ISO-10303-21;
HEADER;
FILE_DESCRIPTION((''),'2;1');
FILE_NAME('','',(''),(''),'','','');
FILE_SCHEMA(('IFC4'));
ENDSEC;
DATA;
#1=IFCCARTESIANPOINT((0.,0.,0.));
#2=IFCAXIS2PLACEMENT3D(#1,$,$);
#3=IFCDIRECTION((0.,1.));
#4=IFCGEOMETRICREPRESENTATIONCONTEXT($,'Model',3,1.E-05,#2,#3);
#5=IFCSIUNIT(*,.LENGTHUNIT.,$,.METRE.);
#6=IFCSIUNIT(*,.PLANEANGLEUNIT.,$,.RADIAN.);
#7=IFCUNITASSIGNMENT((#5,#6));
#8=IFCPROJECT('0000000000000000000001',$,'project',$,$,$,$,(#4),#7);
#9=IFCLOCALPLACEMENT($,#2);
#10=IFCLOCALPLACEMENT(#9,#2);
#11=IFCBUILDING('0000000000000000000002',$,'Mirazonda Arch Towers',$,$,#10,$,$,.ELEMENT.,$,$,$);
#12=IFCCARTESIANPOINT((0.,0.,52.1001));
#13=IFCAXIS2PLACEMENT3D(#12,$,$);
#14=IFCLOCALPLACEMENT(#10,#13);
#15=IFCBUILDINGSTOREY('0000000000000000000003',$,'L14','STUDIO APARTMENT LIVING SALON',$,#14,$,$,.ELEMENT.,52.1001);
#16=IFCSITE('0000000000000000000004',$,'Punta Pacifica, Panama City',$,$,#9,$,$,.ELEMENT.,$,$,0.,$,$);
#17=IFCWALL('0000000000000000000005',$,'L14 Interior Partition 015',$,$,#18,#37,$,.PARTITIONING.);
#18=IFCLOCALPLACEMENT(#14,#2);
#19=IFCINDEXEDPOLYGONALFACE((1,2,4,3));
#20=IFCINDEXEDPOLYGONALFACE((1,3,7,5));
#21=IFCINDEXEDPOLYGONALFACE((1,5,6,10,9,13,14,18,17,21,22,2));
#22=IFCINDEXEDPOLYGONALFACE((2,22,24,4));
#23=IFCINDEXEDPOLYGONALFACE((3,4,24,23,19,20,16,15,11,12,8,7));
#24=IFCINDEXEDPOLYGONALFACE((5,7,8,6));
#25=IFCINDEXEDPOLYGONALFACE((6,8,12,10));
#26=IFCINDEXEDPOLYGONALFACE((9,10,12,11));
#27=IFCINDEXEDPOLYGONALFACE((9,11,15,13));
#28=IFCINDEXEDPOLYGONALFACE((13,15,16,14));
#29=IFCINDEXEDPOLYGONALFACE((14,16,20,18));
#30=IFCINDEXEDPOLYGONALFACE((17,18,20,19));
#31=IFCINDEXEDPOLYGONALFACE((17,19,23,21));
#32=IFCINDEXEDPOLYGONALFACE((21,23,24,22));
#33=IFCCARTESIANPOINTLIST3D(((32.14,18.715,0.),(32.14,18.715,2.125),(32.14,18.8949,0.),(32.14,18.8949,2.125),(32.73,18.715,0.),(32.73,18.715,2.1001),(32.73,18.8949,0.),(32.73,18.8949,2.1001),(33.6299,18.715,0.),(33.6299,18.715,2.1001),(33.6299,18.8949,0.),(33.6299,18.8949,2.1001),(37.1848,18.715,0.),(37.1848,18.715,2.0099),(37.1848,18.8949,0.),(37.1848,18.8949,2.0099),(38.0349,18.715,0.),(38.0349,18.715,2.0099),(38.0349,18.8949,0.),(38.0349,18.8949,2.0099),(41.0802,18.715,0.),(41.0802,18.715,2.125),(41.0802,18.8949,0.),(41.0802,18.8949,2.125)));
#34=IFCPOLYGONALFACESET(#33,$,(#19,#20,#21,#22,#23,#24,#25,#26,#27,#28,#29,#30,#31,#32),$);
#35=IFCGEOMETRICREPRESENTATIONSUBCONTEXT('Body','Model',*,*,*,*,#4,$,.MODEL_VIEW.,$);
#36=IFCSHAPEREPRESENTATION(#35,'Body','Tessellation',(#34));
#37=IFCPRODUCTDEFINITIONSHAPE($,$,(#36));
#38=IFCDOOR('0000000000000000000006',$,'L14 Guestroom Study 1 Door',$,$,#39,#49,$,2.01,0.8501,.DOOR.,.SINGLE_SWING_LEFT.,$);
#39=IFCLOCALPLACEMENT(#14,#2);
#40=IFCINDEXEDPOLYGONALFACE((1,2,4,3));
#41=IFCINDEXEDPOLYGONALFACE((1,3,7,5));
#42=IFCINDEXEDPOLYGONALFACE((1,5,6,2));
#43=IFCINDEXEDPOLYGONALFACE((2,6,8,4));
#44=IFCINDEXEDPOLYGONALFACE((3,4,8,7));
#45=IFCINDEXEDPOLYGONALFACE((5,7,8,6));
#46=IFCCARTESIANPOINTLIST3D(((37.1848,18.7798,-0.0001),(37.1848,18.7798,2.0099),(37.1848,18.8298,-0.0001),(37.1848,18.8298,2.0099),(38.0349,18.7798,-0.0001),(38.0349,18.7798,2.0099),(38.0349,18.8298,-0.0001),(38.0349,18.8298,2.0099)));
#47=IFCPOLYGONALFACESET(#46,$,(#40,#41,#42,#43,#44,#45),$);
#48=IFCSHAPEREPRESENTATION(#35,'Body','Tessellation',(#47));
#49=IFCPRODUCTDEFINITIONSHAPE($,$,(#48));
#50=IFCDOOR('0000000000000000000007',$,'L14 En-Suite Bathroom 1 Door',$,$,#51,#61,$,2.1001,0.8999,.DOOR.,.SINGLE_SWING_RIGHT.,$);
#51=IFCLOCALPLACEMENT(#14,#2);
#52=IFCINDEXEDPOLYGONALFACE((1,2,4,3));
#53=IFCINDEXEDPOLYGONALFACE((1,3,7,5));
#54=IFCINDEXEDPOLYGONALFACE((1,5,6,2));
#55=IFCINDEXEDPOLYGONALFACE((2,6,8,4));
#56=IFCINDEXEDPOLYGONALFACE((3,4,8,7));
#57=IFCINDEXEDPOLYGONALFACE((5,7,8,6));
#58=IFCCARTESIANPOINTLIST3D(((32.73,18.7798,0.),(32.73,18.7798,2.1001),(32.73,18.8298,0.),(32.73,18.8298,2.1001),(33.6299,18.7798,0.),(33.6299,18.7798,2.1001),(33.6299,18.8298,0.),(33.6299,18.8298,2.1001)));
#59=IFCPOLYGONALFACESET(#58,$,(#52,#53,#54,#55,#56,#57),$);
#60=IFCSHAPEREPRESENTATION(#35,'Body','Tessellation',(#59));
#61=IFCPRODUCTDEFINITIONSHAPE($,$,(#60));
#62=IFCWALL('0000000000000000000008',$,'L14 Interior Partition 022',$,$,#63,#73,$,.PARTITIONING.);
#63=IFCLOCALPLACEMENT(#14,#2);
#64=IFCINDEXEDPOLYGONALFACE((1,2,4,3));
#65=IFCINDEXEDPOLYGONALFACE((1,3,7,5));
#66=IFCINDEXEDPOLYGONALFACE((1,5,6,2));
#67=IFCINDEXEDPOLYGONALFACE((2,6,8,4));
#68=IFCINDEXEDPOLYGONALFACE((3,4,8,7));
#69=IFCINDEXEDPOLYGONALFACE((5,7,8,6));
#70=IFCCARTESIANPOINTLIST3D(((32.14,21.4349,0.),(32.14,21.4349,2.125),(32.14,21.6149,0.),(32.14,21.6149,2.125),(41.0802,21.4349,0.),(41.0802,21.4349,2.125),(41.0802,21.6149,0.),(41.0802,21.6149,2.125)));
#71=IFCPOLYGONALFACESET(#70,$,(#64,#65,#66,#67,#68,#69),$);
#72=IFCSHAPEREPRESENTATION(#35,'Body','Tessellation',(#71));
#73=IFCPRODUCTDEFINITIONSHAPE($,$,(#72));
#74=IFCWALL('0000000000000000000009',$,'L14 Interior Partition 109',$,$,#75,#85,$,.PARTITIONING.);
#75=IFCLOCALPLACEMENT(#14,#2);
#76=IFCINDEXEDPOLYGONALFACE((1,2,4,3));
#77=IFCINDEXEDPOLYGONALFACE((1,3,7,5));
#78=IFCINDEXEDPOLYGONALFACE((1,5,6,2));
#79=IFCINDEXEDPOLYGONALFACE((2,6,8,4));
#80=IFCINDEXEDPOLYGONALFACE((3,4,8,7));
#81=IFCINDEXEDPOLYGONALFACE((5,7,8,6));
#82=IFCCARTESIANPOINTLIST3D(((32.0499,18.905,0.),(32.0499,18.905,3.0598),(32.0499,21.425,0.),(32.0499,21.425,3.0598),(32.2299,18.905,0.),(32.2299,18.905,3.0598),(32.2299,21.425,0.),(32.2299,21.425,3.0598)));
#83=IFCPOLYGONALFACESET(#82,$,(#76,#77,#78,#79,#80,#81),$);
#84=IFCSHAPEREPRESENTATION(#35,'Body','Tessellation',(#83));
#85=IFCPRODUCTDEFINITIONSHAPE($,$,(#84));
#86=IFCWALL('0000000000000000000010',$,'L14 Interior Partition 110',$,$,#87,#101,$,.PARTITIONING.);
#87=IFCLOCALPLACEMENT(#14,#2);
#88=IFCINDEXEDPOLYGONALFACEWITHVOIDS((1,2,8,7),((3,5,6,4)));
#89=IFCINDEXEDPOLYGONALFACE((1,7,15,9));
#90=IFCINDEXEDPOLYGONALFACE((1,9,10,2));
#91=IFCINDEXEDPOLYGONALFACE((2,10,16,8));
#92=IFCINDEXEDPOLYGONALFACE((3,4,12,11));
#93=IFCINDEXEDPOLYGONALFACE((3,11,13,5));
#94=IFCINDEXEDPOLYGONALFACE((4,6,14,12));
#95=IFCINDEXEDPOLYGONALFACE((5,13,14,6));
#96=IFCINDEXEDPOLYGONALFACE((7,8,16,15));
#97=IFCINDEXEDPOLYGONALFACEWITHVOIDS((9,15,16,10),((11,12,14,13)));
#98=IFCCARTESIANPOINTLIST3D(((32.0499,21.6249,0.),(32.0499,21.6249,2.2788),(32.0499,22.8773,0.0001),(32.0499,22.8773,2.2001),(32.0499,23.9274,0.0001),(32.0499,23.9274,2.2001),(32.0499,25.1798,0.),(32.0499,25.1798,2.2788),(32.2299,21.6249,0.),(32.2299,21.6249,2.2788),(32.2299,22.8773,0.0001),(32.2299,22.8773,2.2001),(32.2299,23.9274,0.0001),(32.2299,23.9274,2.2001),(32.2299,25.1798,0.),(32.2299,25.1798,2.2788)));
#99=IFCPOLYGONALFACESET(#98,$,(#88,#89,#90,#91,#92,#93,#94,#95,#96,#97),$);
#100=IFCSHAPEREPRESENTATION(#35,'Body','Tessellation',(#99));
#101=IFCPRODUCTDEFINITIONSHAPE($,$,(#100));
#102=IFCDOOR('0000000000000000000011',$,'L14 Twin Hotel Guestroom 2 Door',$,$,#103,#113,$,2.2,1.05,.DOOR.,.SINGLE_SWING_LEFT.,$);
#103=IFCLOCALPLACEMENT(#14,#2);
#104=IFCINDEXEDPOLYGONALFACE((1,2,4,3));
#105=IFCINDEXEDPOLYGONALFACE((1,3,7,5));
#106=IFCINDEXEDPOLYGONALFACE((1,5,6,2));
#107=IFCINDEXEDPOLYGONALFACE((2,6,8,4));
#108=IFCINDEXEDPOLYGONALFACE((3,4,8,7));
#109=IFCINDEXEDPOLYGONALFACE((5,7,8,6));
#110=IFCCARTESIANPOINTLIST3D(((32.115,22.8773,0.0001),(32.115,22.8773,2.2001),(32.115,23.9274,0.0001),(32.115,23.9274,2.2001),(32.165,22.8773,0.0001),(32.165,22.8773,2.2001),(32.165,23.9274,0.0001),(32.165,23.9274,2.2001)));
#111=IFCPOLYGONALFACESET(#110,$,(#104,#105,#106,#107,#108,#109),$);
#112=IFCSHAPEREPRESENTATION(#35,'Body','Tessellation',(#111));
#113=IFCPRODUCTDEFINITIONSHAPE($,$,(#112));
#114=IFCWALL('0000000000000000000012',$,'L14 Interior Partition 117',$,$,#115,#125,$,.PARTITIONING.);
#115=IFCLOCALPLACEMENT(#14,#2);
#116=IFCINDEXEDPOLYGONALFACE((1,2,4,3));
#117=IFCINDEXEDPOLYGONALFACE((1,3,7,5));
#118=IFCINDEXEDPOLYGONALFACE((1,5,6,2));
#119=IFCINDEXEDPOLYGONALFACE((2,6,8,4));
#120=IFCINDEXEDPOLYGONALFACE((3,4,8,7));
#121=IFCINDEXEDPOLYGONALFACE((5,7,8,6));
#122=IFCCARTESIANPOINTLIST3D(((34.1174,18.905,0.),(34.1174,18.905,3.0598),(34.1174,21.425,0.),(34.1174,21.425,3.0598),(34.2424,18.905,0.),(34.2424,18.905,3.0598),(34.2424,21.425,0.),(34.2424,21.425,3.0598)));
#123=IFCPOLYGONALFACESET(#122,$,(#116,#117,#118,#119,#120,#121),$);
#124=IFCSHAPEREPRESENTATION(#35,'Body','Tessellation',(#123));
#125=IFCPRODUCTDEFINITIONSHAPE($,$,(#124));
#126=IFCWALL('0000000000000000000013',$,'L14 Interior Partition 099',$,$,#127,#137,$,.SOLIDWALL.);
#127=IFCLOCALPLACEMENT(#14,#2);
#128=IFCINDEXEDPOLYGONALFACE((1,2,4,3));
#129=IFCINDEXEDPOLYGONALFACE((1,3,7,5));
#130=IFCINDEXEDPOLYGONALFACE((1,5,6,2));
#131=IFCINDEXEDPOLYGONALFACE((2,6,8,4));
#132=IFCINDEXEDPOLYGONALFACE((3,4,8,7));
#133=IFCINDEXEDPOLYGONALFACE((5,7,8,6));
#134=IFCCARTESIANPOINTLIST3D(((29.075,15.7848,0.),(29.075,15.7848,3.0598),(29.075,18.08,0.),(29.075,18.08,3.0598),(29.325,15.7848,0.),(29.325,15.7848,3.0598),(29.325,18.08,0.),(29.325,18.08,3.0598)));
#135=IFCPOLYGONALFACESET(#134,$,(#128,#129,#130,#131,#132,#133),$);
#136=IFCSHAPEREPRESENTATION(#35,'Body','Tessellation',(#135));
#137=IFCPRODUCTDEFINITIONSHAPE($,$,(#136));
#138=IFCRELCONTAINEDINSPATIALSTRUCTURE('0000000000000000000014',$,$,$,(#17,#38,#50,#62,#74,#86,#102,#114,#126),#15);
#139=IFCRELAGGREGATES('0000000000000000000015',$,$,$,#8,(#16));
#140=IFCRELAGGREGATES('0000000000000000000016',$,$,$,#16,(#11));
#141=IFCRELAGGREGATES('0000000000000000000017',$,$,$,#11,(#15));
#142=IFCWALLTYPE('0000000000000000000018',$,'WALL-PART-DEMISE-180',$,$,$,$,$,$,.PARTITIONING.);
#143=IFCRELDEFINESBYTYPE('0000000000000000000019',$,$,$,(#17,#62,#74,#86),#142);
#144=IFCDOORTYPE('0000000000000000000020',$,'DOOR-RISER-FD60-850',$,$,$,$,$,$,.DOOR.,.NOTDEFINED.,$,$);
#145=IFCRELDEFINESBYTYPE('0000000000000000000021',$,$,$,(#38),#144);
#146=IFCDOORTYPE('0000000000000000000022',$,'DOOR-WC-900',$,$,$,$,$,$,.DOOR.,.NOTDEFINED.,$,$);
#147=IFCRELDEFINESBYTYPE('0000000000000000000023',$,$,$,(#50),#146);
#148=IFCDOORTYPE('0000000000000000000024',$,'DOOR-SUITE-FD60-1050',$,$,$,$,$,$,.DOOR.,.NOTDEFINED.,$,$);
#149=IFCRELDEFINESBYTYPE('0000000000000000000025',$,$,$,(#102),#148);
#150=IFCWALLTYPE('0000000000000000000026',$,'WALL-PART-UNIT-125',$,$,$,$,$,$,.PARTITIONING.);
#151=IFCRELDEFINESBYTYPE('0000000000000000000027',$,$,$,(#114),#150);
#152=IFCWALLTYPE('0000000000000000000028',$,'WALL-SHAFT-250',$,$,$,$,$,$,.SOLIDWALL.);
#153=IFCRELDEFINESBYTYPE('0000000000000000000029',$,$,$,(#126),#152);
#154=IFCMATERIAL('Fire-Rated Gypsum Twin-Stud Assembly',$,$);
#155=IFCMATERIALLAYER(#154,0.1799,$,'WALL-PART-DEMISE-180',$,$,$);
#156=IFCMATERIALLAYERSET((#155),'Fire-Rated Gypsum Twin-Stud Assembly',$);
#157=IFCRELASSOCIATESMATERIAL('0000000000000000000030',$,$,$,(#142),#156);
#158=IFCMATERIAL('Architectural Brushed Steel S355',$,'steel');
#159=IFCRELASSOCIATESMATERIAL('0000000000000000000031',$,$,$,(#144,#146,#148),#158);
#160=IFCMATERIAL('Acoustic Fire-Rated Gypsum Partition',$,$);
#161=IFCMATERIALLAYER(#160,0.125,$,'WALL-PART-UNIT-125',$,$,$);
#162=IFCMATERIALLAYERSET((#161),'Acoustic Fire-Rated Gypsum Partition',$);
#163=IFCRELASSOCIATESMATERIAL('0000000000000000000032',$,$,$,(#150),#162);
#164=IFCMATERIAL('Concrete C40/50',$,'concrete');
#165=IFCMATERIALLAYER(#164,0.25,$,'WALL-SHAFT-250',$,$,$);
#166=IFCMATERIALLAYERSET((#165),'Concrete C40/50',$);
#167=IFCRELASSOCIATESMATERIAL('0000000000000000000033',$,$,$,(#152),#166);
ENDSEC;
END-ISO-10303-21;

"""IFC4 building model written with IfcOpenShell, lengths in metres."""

from ifc_helpers import new_model, si_unit, direction, frame, frame_2d, origin, place, context, subcontext, project, spatial, rectangle, extrude, material, layer, layer_set, type_object, element, fill, save


model = new_model("IFC4")

# Units and contexts
model_context = context("Model", 3, precision=1e-05, world=origin(), true_north=direction((0.0, 1.0)))
body_context = subcontext(model_context, "Body", "Model", "MODEL_VIEW")
ifc_project = project(units=[si_unit("LENGTHUNIT", "METRE"), si_unit("PLANEANGLEUNIT", "RADIAN")], contexts=[model_context])

# Site, building, storey
site_placement = place(None, origin())
site = spatial("IfcSite", under=ifc_project, at=site_placement, Name="Punta Pacifica, Panama City", CompositionType="ELEMENT", RefElevation=0.0)
building_placement = place(site_placement, origin())
building = spatial("IfcBuilding", under=site, at=building_placement, Name="Mirazonda Arch Towers", CompositionType="ELEMENT")
storey_placement = place(building_placement, frame((0.0, 0.0, 52.1001)))
storey = spatial("IfcBuildingStorey", under=building, at=storey_placement, Name="L14", Description="STUDIO APARTMENT LIVING SALON", CompositionType="ELEMENT", Elevation=52.1001)

# Wall, openings, doors
ifc_material_1 = material(Name="Fire-Rated Gypsum Twin-Stud Assembly")
ifc_layer_1 = layer(ifc_material_1, 0.1799, Name="WALL-PART-DEMISE-180")
ifc_layer_set_1 = layer_set([ifc_layer_1], Name="Fire-Rated Gypsum Twin-Stud Assembly")
wall_type_1 = type_object("IfcWallType", Name="WALL-PART-DEMISE-180", PredefinedType="PARTITIONING", material=ifc_layer_set_1)
wall_1_placement = place(storey_placement, frame((32.1399, 18.8049, 0.0), z_axis=(0.0, 0.0, 1.0), x_axis=(1.0, 0.0, 0.0)))
wall_1 = element("IfcWall", 1, at=wall_1_placement, inside=storey, type_object=wall_type_1, Name="L14 Interior Partition 015", PredefinedType="PARTITIONING", context=body_context, shape_type="SweptSolid", body=[
    extrude(rectangle(XDim=8.9402, YDim=0.1799, at=frame_2d((4.4702, 0.0))), origin(), (0.0, 0.0, 1.0), 2.125),
])
opening_1_placement = place(wall_1_placement, frame((5.0449, 0.0, 0.0)))
opening_1 = element("IfcOpeningElement", 2, at=opening_1_placement, cuts=wall_1, PredefinedType="OPENING", context=body_context, shape_type="SweptSolid", body=[
    extrude(rectangle(XDim=0.8501, YDim=2.01, at=frame_2d((0.425, 1.0049))), frame((0.0, 0.0999, 0.0), z_axis=(0.0, -1.0, 0.0), x_axis=(1.0, 0.0, 0.0)), (0.0, 0.0, 1.0), 0.2),
])
opening_2_placement = place(wall_1_placement, frame((0.5901, 0.0, 0.0)))
opening_2 = element("IfcOpeningElement", 3, at=opening_2_placement, cuts=wall_1, PredefinedType="OPENING", context=body_context, shape_type="SweptSolid", body=[
    extrude(rectangle(XDim=0.8999, YDim=2.1001, at=frame_2d((0.45, 1.05))), frame((0.0, 0.0999, 0.0), z_axis=(0.0, -1.0, 0.0), x_axis=(1.0, 0.0, 0.0)), (0.0, 0.0, 1.0), 0.2),
])
ifc_material_2 = material(Name="Architectural Brushed Steel S355", Category="steel")
door_type_1 = type_object("IfcDoorType", Name="DOOR-RISER-FD60-850", OperationType="NOTDEFINED", PredefinedType="DOOR", material=ifc_material_2)
door_1_placement = place(opening_1_placement, origin())
door_1 = element("IfcDoor", 4, at=door_1_placement, inside=storey, type_object=door_type_1, Name="L14 Guestroom Study 1 Door", OperationType="SINGLE_SWING_LEFT", OverallHeight=2.01, OverallWidth=0.8501, PredefinedType="DOOR", context=body_context, shape_type="SweptSolid", body=[
    extrude(rectangle(XDim=0.8501, YDim=2.01, at=frame_2d((0.425, 1.0049))), frame((0.0, 0.0249, 0.0), z_axis=(0.0, -1.0, 0.0), x_axis=(1.0, 0.0, 0.0)), (0.0, 0.0, 1.0), 0.05),
])
fill(opening_1, door_1)
door_type_2 = type_object("IfcDoorType", Name="DOOR-WC-900", OperationType="NOTDEFINED", PredefinedType="DOOR", material=ifc_material_2)
door_2_placement = place(opening_2_placement, origin())
door_2 = element("IfcDoor", 5, at=door_2_placement, inside=storey, type_object=door_type_2, Name="L14 En-Suite Bathroom 1 Door", OperationType="SINGLE_SWING_RIGHT", OverallHeight=2.1001, OverallWidth=0.8999, PredefinedType="DOOR", context=body_context, shape_type="SweptSolid", body=[
    extrude(rectangle(XDim=0.8999, YDim=2.1001, at=frame_2d((0.45, 1.05))), frame((0.0, 0.0249, 0.0), z_axis=(0.0, -1.0, 0.0), x_axis=(1.0, 0.0, 0.0)), (0.0, 0.0, 1.0), 0.05),
])
fill(opening_2, door_2)

# Walls
wall_2_placement = place(storey_placement, frame((32.1399, 21.5249, 0.0), z_axis=(0.0, 0.0, 1.0), x_axis=(1.0, 0.0, 0.0)))
element("IfcWall", 6, at=wall_2_placement, inside=storey, type_object=wall_type_1, Name="L14 Interior Partition 022", PredefinedType="PARTITIONING", context=body_context, shape_type="SweptSolid", body=[
    extrude(rectangle(XDim=8.9402, YDim=0.1799, at=frame_2d((4.4702, 0.0))), origin(), (0.0, 0.0, 1.0), 2.125),
])
wall_3_placement = place(storey_placement, frame((32.1399, 18.905, 0.0), z_axis=(0.0, 0.0, 1.0), x_axis=(0.0, 1.0, 0.0)))
element("IfcWall", 7, at=wall_3_placement, inside=storey, type_object=wall_type_1, Name="L14 Interior Partition 109", PredefinedType="PARTITIONING", context=body_context, shape_type="SweptSolid", body=[
    extrude(rectangle(XDim=2.52, YDim=0.1799, at=frame_2d((1.26, 0.0))), origin(), (0.0, 0.0, 1.0), 3.0598),
])

# Wall, opening, door
wall_4_placement = place(storey_placement, frame((32.1399, 21.625, 0.0), z_axis=(0.0, 0.0, 1.0), x_axis=(0.0, 1.0, 0.0)))
wall_4 = element("IfcWall", 8, at=wall_4_placement, inside=storey, type_object=wall_type_1, Name="L14 Interior Partition 110", PredefinedType="PARTITIONING", context=body_context, shape_type="SweptSolid", body=[
    extrude(rectangle(XDim=3.5549, YDim=0.1799, at=frame_2d((1.7773, 0.0))), origin(), (0.0, 0.0, 1.0), 2.2788),
])
opening_3_placement = place(wall_4_placement, frame((1.2524, 0.0, 0.0)))
opening_3 = element("IfcOpeningElement", 9, at=opening_3_placement, cuts=wall_4, PredefinedType="OPENING", context=body_context, shape_type="SweptSolid", body=[
    extrude(rectangle(XDim=1.05, YDim=2.2, at=frame_2d((0.5249, 1.1001))), frame((0.0, 0.0999, 0.0), z_axis=(0.0, -1.0, 0.0), x_axis=(1.0, 0.0, 0.0)), (0.0, 0.0, 1.0), 0.2),
])
door_type_3 = type_object("IfcDoorType", Name="DOOR-SUITE-FD60-1050", OperationType="NOTDEFINED", PredefinedType="DOOR", material=ifc_material_2)
door_3_placement = place(opening_3_placement, origin())
door_3 = element("IfcDoor", 10, at=door_3_placement, inside=storey, type_object=door_type_3, Name="L14 Twin Hotel Guestroom 2 Door", OperationType="SINGLE_SWING_LEFT", OverallHeight=2.2, OverallWidth=1.05, PredefinedType="DOOR", context=body_context, shape_type="SweptSolid", body=[
    extrude(rectangle(XDim=1.05, YDim=2.2, at=frame_2d((0.5249, 1.1001))), frame((0.0, 0.0249, 0.0), z_axis=(0.0, -1.0, 0.0), x_axis=(1.0, 0.0, 0.0)), (0.0, 0.0, 1.0), 0.05),
])
fill(opening_3, door_3)

# Walls
ifc_material_3 = material(Name="Acoustic Fire-Rated Gypsum Partition")
ifc_layer_2 = layer(ifc_material_3, 0.125, Name="WALL-PART-UNIT-125")
ifc_layer_set_2 = layer_set([ifc_layer_2], Name="Acoustic Fire-Rated Gypsum Partition")
wall_type_2 = type_object("IfcWallType", Name="WALL-PART-UNIT-125", PredefinedType="PARTITIONING", material=ifc_layer_set_2)
wall_5_placement = place(storey_placement, frame((34.1799, 18.905, 0.0), z_axis=(0.0, 0.0, 1.0), x_axis=(0.0, 1.0, 0.0)))
element("IfcWall", 11, at=wall_5_placement, inside=storey, type_object=wall_type_2, Name="L14 Interior Partition 117", PredefinedType="PARTITIONING", context=body_context, shape_type="SweptSolid", body=[
    extrude(rectangle(XDim=2.52, YDim=0.125, at=frame_2d((1.26, 0.0))), origin(), (0.0, 0.0, 1.0), 3.0598),
])
ifc_material_4 = material(Name="Concrete C40/50", Category="concrete")
ifc_layer_3 = layer(ifc_material_4, 0.25, Name="WALL-SHAFT-250")
ifc_layer_set_3 = layer_set([ifc_layer_3], Name="Concrete C40/50")
wall_type_3 = type_object("IfcWallType", Name="WALL-SHAFT-250", PredefinedType="SOLIDWALL", material=ifc_layer_set_3)
wall_6_placement = place(storey_placement, frame((29.2, 15.7849, 0.0), z_axis=(0.0, 0.0, 1.0), x_axis=(0.0, 1.0, 0.0)))
element("IfcWall", 12, at=wall_6_placement, inside=storey, type_object=wall_type_3, Name="L14 Interior Partition 099", PredefinedType="SOLIDWALL", context=body_context, shape_type="SweptSolid", body=[
    extrude(rectangle(XDim=2.2952, YDim=0.25, at=frame_2d((1.1475, 0.0))), origin(), (0.0, 0.0, 1.0), 3.0598),
])

save(model, "model.ifc")
